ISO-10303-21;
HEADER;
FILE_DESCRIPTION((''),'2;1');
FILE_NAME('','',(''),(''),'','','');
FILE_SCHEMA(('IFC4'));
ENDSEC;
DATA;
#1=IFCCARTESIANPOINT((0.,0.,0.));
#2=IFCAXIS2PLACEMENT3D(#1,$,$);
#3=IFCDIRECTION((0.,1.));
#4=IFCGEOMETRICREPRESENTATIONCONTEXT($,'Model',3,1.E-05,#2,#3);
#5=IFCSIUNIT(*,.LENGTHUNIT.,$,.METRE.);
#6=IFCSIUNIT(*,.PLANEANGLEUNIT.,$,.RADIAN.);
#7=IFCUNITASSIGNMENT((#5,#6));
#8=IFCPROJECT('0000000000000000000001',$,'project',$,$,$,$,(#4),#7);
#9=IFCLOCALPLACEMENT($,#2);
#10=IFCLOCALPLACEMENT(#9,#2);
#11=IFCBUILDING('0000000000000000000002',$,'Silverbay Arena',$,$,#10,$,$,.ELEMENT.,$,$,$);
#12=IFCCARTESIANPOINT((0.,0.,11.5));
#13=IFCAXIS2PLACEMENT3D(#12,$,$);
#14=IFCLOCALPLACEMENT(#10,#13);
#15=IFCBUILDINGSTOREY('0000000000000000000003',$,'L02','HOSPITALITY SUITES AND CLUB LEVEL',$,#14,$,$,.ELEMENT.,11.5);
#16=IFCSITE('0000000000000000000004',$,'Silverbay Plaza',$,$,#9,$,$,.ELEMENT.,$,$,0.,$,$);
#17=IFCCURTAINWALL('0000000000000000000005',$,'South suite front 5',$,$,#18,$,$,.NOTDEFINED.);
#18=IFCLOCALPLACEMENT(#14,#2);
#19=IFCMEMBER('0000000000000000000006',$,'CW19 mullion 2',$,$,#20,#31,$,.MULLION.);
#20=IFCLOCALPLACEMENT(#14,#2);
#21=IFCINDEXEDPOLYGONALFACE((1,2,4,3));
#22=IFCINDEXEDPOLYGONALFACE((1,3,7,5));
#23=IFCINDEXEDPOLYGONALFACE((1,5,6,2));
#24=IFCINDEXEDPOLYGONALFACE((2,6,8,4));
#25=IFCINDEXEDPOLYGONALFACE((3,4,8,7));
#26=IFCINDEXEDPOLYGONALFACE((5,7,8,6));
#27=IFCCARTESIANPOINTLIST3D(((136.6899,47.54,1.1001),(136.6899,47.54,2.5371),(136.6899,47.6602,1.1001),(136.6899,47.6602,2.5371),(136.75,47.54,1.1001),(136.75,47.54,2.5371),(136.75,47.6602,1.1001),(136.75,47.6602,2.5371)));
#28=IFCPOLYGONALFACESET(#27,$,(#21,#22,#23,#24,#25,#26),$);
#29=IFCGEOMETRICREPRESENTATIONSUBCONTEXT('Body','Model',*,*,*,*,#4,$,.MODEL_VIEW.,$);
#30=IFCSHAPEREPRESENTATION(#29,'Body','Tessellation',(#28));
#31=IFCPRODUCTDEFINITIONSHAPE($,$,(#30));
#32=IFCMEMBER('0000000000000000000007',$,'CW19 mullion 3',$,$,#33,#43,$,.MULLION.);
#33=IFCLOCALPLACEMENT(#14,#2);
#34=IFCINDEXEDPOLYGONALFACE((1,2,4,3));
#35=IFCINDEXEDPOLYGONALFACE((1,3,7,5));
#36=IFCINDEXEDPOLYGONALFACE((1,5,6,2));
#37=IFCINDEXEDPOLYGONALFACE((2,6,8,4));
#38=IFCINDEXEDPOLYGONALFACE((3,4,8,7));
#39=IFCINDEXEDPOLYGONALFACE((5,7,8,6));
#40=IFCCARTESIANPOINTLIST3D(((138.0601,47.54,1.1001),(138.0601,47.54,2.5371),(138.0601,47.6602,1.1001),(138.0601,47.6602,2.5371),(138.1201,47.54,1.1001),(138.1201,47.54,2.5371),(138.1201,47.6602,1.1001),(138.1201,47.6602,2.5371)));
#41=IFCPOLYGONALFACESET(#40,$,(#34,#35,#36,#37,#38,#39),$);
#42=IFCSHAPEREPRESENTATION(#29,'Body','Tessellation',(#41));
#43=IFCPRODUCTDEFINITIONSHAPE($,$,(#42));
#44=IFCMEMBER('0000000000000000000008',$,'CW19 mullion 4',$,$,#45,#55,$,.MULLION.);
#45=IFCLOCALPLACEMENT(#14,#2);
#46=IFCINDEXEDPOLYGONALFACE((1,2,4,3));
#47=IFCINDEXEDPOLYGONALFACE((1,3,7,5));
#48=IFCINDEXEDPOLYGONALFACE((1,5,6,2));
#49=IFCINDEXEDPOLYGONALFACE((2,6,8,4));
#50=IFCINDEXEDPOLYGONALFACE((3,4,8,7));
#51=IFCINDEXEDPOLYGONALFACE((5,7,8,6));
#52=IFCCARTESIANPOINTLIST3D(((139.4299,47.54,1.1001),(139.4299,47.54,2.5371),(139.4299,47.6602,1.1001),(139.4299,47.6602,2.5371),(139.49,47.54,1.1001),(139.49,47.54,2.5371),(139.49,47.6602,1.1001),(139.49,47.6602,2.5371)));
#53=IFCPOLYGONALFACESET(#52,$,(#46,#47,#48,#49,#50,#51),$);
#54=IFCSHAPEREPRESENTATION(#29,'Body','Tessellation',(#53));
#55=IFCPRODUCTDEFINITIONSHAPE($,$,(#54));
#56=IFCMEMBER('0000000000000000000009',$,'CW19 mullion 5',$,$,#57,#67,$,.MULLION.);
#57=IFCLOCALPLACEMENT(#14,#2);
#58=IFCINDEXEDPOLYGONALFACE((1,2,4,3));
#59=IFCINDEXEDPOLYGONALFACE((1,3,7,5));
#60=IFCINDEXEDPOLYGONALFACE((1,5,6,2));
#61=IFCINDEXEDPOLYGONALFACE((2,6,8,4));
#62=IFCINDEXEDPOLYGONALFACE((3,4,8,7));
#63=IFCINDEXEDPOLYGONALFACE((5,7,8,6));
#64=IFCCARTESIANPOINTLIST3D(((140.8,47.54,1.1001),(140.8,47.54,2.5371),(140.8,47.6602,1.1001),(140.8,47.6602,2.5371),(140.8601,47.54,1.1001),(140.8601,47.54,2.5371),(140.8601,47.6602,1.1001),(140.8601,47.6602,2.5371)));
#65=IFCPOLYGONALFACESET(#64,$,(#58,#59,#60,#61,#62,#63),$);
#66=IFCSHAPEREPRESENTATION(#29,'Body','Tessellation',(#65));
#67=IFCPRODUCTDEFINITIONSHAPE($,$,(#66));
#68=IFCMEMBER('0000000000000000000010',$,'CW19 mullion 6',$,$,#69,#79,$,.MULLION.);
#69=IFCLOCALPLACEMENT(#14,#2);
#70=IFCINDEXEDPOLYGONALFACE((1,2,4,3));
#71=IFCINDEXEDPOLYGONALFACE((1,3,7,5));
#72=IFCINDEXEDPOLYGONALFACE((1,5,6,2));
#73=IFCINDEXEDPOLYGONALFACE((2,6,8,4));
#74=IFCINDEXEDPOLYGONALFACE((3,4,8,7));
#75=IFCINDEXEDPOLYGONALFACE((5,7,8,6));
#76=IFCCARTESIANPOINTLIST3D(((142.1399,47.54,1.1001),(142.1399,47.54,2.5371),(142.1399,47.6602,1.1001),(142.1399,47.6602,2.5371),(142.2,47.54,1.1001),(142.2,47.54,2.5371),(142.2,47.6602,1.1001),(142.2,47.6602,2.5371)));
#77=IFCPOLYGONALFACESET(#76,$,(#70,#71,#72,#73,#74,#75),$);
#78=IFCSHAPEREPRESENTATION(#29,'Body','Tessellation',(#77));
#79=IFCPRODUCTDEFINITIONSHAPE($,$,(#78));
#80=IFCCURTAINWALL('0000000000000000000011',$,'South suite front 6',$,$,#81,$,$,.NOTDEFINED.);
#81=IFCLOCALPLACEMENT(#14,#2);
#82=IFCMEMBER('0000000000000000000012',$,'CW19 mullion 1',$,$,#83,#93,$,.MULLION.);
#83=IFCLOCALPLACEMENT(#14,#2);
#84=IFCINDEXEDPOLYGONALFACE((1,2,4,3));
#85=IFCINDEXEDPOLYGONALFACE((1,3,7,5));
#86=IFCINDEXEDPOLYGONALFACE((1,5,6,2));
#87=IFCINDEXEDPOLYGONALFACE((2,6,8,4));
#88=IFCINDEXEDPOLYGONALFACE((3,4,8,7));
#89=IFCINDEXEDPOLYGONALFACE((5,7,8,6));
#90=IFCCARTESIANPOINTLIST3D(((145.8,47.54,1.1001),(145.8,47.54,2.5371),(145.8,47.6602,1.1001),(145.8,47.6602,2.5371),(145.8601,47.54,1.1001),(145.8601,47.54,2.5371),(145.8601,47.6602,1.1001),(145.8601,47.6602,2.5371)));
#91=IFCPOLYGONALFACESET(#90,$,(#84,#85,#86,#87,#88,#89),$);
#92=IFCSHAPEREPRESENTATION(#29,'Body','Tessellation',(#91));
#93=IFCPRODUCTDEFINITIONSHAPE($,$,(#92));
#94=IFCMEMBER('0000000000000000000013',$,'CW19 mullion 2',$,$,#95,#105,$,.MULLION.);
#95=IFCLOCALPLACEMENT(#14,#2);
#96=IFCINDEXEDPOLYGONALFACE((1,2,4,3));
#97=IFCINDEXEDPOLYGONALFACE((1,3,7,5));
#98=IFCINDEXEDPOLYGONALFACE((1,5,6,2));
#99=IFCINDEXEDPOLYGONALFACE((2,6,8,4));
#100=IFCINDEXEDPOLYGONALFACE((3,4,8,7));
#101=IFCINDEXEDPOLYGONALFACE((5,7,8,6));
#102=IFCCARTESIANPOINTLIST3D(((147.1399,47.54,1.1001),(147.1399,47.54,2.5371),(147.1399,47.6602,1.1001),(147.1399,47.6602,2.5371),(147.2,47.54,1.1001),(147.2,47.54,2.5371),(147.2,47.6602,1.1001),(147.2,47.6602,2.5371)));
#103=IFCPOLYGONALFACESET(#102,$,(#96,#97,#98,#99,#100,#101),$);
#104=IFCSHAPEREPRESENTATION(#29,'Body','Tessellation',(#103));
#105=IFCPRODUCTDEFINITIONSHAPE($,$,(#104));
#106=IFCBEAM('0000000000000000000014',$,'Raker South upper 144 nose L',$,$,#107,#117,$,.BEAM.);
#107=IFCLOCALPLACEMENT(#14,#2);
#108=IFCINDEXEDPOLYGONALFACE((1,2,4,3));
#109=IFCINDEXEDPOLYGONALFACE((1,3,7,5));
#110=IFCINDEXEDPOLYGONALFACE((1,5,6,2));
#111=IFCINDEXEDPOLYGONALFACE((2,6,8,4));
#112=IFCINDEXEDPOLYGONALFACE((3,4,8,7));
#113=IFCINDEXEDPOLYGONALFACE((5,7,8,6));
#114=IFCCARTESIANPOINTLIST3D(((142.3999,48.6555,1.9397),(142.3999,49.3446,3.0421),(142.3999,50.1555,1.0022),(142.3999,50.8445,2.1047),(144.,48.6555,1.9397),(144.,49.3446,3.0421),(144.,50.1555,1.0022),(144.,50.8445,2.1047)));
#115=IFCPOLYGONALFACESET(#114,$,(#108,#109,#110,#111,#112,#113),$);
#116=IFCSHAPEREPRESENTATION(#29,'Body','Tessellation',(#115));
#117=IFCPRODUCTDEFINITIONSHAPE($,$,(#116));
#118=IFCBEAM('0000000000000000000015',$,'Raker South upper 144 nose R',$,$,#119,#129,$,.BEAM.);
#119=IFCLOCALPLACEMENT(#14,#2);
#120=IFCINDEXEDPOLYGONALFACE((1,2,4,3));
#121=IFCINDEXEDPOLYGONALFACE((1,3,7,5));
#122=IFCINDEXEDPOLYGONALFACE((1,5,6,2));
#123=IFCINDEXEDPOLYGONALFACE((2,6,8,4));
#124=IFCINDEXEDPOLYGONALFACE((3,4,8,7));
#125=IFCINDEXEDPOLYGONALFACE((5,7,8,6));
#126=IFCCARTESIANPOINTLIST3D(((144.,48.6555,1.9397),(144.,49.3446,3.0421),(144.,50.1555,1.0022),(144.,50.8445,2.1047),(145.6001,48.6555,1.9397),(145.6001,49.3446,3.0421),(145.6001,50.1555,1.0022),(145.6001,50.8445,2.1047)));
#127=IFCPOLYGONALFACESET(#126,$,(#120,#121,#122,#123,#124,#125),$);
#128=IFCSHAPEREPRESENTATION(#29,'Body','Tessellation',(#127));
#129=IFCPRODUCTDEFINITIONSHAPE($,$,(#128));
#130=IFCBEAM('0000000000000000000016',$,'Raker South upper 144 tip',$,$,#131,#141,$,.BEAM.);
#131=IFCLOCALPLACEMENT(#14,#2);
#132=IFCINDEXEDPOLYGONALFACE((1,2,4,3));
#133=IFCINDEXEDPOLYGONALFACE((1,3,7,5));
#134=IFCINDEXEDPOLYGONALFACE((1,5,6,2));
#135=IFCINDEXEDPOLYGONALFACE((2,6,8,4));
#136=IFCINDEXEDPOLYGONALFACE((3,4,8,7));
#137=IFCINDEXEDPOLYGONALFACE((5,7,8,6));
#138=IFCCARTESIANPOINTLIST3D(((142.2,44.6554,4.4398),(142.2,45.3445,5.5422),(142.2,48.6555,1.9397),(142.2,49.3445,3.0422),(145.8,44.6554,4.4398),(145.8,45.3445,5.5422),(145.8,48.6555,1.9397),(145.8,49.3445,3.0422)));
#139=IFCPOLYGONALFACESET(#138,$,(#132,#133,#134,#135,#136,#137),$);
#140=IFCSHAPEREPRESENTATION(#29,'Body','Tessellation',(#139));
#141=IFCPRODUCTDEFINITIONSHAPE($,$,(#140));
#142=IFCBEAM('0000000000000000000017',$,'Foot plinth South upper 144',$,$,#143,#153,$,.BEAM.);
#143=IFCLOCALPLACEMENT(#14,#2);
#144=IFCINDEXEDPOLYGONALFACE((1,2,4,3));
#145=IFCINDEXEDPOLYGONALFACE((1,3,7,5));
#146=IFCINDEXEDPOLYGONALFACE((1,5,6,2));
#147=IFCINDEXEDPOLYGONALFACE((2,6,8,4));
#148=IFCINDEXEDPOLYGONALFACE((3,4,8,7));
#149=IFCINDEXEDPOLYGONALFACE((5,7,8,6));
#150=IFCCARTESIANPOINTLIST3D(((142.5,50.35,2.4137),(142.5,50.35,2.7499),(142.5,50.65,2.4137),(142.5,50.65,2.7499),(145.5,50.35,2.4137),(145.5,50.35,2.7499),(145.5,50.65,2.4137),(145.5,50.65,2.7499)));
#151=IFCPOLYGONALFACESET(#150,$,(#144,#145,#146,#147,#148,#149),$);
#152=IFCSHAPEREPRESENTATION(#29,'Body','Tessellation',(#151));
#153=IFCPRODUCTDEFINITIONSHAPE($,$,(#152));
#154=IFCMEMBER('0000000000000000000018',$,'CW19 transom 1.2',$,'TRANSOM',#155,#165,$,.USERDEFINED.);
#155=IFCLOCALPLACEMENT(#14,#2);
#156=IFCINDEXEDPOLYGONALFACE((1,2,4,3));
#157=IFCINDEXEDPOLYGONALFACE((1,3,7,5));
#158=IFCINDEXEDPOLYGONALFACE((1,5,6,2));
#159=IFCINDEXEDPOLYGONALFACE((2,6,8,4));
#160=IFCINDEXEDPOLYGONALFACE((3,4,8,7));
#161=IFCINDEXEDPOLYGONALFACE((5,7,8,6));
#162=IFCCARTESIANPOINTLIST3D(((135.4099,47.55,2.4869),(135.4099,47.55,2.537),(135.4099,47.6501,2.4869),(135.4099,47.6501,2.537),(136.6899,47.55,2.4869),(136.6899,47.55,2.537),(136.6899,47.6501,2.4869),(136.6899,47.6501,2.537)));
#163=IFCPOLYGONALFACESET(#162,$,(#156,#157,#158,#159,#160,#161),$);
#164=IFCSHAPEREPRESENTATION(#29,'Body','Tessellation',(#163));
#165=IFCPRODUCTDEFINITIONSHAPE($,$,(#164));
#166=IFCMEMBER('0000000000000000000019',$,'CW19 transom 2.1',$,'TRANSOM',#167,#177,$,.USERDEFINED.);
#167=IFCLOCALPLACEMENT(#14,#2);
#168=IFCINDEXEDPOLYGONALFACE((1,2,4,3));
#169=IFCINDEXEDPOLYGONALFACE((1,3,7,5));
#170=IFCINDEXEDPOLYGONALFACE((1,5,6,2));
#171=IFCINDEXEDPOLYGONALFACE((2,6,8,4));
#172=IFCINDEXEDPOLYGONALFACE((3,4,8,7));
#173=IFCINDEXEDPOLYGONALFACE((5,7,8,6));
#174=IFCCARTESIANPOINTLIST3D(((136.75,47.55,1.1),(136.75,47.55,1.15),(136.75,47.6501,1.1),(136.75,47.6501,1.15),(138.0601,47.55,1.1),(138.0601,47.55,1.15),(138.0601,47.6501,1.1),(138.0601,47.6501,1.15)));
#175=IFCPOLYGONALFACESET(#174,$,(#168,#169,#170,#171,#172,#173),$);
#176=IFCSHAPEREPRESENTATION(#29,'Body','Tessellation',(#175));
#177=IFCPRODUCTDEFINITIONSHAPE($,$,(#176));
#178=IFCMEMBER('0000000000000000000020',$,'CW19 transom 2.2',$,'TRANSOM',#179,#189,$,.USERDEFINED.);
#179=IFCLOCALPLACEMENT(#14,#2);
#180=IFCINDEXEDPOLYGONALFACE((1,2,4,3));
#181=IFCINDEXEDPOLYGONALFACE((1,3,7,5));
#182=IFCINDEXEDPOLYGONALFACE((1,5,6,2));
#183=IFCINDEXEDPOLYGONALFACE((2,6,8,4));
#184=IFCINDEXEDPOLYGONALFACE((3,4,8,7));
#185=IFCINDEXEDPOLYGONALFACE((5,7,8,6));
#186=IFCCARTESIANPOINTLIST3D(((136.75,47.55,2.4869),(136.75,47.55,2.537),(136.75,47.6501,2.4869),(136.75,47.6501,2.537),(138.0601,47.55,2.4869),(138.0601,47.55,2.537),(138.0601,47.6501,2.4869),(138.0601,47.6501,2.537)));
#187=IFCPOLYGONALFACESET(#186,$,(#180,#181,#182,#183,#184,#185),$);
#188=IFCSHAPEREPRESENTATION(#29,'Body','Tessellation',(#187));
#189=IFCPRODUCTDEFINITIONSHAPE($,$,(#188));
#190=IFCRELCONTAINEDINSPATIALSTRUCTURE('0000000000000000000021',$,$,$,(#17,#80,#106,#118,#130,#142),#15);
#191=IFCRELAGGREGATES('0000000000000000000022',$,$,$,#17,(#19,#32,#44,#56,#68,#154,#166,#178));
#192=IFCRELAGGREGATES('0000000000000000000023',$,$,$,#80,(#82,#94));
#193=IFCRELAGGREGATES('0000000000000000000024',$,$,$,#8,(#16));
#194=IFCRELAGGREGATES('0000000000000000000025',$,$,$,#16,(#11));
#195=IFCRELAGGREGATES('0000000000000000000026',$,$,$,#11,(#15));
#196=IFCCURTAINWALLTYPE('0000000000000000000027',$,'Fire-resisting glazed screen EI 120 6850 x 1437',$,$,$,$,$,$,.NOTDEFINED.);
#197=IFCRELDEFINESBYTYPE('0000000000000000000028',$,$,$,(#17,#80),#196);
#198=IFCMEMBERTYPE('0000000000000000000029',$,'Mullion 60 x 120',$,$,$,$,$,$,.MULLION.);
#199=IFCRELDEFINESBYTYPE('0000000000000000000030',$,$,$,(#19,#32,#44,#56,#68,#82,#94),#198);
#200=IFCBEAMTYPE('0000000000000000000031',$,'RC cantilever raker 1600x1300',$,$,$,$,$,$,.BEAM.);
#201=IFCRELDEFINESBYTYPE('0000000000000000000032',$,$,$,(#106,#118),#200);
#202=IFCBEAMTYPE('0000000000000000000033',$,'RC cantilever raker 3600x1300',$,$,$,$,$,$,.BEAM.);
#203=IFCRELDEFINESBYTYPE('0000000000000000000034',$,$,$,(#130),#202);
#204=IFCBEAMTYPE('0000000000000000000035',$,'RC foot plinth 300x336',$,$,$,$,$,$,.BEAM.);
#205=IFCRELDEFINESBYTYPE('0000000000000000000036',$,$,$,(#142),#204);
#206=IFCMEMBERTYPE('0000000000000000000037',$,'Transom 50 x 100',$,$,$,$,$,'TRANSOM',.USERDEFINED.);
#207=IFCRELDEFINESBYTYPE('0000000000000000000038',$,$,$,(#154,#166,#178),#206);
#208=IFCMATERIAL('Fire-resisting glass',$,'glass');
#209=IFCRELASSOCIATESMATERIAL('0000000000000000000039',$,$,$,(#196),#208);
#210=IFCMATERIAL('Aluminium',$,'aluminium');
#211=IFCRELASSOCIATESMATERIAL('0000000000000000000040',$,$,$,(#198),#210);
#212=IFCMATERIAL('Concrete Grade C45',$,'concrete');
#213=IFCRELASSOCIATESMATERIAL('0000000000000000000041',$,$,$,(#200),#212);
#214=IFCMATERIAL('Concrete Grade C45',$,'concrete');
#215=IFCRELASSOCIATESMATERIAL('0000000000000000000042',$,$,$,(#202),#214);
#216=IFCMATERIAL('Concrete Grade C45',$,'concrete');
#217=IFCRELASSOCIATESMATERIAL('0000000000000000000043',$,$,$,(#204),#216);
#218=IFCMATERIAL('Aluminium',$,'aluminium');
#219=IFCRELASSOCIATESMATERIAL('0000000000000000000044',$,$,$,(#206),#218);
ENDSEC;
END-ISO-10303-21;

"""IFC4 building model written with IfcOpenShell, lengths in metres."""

from ifc_helpers import new_model, si_unit, direction, frame, origin, origin_2d, place, context, subcontext, project, spatial, rectangle, extrude, material, material_profile, profile_set, type_object, element, aggregate, save


model = new_model("IFC4")

# Units and contexts
model_context = context("Model", 3, precision=1e-05, world=origin(), true_north=direction((0.0, 1.0)))
body_context = subcontext(model_context, "Body", "Model", "MODEL_VIEW")
ifc_project = project(units=[si_unit("LENGTHUNIT", "METRE"), si_unit("PLANEANGLEUNIT", "RADIAN")], contexts=[model_context])

# Site, building, storey
site_placement = place(None, origin())
site = spatial("IfcSite", under=ifc_project, at=site_placement, Name="Silverbay Plaza", CompositionType="ELEMENT", RefElevation=0.0)
building_placement = place(site_placement, origin())
building = spatial("IfcBuilding", under=site, at=building_placement, Name="Silverbay Arena", CompositionType="ELEMENT")
storey_placement = place(building_placement, frame((0.0, 0.0, 11.5)))
storey = spatial("IfcBuildingStorey", under=building, at=storey_placement, Name="L02", Description="HOSPITALITY SUITES AND CLUB LEVEL", CompositionType="ELEMENT", Elevation=11.5)

# Curtain walls, members
ifc_material_1 = material(Name="Fire-resisting glass", Category="glass")
curtain_wall_type = type_object("IfcCurtainWallType", Name="Fire-resisting glazed screen EI 120 6850 x 1437", PredefinedType="NOTDEFINED", material=ifc_material_1)
curtain_wall_1_placement = place(storey_placement, origin())
curtain_wall_1 = element("IfcCurtainWall", 1, at=curtain_wall_1_placement, inside=storey, type_object=curtain_wall_type, Name="South suite front 5", PredefinedType="NOTDEFINED")
ifc_material_2 = material(Name="Aluminium", Category="aluminium")
ifc_material_profile_1 = material_profile(ifc_material_2, rectangle(XDim=0.1201, YDim=0.0601, at=origin_2d()), Name="Mullion 60 x 120")
ifc_profile_set_1 = profile_set([ifc_material_profile_1], Name="Aluminium")
member_type_1 = type_object("IfcMemberType", Name="Mullion 60 x 120", PredefinedType="MULLION", material=ifc_profile_set_1)
member_1_placement = place(storey_placement, frame((136.72, 47.6001, 1.1001), z_axis=(0.0, 0.0, 1.0), x_axis=(0.0, 1.0, 0.0)))
member_1 = element("IfcMember", 2, at=member_1_placement, type_object=member_type_1, Name="CW19 mullion 2", PredefinedType="MULLION", context=body_context, shape_type="SweptSolid", body=[
    extrude(rectangle(XDim=0.1201, YDim=0.0601, at=origin_2d()), origin(), (0.0, 0.0, 1.0), 1.437),
])
member_2_placement = place(storey_placement, frame((138.0901, 47.6001, 1.1001), z_axis=(0.0, 0.0, 1.0), x_axis=(0.0, 1.0, 0.0)))
member_2 = element("IfcMember", 3, at=member_2_placement, type_object=member_type_1, Name="CW19 mullion 3", PredefinedType="MULLION", context=body_context, shape_type="SweptSolid", body=[
    extrude(rectangle(XDim=0.1201, YDim=0.0601, at=origin_2d()), origin(), (0.0, 0.0, 1.0), 1.437),
])
member_3_placement = place(storey_placement, frame((139.46, 47.6001, 1.1001), z_axis=(0.0, 0.0, 1.0), x_axis=(0.0, 1.0, 0.0)))
member_3 = element("IfcMember", 4, at=member_3_placement, type_object=member_type_1, Name="CW19 mullion 4", PredefinedType="MULLION", context=body_context, shape_type="SweptSolid", body=[
    extrude(rectangle(XDim=0.1201, YDim=0.0601, at=origin_2d()), origin(), (0.0, 0.0, 1.0), 1.437),
])
member_4_placement = place(storey_placement, frame((140.8301, 47.6001, 1.1001), z_axis=(0.0, 0.0, 1.0), x_axis=(0.0, 1.0, 0.0)))
member_4 = element("IfcMember", 5, at=member_4_placement, type_object=member_type_1, Name="CW19 mullion 5", PredefinedType="MULLION", context=body_context, shape_type="SweptSolid", body=[
    extrude(rectangle(XDim=0.1201, YDim=0.0601, at=origin_2d()), origin(), (0.0, 0.0, 1.0), 1.437),
])
member_5_placement = place(storey_placement, frame((142.1699, 47.6001, 1.1001), z_axis=(0.0, 0.0, 1.0), x_axis=(0.0, 1.0, 0.0)))
member_5 = element("IfcMember", 6, at=member_5_placement, type_object=member_type_1, Name="CW19 mullion 6", PredefinedType="MULLION", context=body_context, shape_type="SweptSolid", body=[
    extrude(rectangle(XDim=0.1201, YDim=0.0601, at=origin_2d()), origin(), (0.0, 0.0, 1.0), 1.437),
])
curtain_wall_2_placement = place(storey_placement, origin())
curtain_wall_2 = element("IfcCurtainWall", 7, at=curtain_wall_2_placement, inside=storey, type_object=curtain_wall_type, Name="South suite front 6", PredefinedType="NOTDEFINED")
member_6_placement = place(storey_placement, frame((145.8301, 47.6001, 1.1001), z_axis=(0.0, 0.0, 1.0), x_axis=(0.0, 1.0, 0.0)))
member_6 = element("IfcMember", 8, at=member_6_placement, type_object=member_type_1, Name="CW19 mullion 1", PredefinedType="MULLION", context=body_context, shape_type="SweptSolid", body=[
    extrude(rectangle(XDim=0.1201, YDim=0.0601, at=origin_2d()), origin(), (0.0, 0.0, 1.0), 1.437),
])
member_7_placement = place(storey_placement, frame((147.1699, 47.6001, 1.1001), z_axis=(0.0, 0.0, 1.0), x_axis=(0.0, 1.0, 0.0)))
member_7 = element("IfcMember", 9, at=member_7_placement, type_object=member_type_1, Name="CW19 mullion 2", PredefinedType="MULLION", context=body_context, shape_type="SweptSolid", body=[
    extrude(rectangle(XDim=0.1201, YDim=0.0601, at=origin_2d()), origin(), (0.0, 0.0, 1.0), 1.437),
])

# Beams
ifc_material_3 = material(Name="Concrete Grade C45", Category="concrete")
ifc_material_profile_2 = material_profile(ifc_material_3, rectangle(XDim=1.6001, YDim=1.3, at=origin_2d()), Name="RC 1600x1300")
ifc_profile_set_2 = profile_set([ifc_material_profile_2], Name="Concrete Grade C45")
beam_type_1 = type_object("IfcBeamType", Name="RC cantilever raker 1600x1300", PredefinedType="BEAM", material=ifc_profile_set_2)
for number, where, z_axis, x_axis, name in (
    (10, (143.2, 50.5, 1.5535), (0.0, -0.847998, 0.529999), (1.0, 0.0, 0.0), "Raker South upper 144 nose L"),
    (11, (144.8, 50.5, 1.5535), (0.0, -0.847998, 0.529999), (1.0, 0.0, 0.0), "Raker South upper 144 nose R"),
):
    element("IfcBeam", number, at=place(storey_placement, frame(where, z_axis=z_axis, x_axis=x_axis)), inside=storey, type_object=beam_type_1, Name=name, PredefinedType="BEAM", context=body_context, shape_type="SweptSolid", body=[
        extrude(rectangle(XDim=1.6001, YDim=1.3, at=origin_2d()), origin(), (0.0, 0.0, 1.0), 1.7688),
    ])
ifc_material_4 = material(Name="Concrete Grade C45", Category="concrete")
ifc_material_profile_3 = material_profile(ifc_material_4, rectangle(XDim=3.6001, YDim=1.3, at=origin_2d()), Name="RC 3600x1300")
ifc_profile_set_3 = profile_set([ifc_material_profile_3], Name="Concrete Grade C45")
beam_type_2 = type_object("IfcBeamType", Name="RC cantilever raker 3600x1300", PredefinedType="BEAM", material=ifc_profile_set_3)
beam_1_placement = place(storey_placement, frame((144.0, 49.0, 2.491), z_axis=(0.0, -0.847998, 0.529999), x_axis=(1.0, 0.0, 0.0)))
element("IfcBeam", 12, at=beam_1_placement, inside=storey, type_object=beam_type_2, Name="Raker South upper 144 tip", PredefinedType="BEAM", context=body_context, shape_type="SweptSolid", body=[
    extrude(rectangle(XDim=3.6001, YDim=1.3, at=origin_2d()), origin(), (0.0, 0.0, 1.0), 4.717),
])
ifc_material_5 = material(Name="Concrete Grade C45", Category="concrete")
ifc_material_profile_4 = material_profile(ifc_material_5, rectangle(XDim=0.3, YDim=0.3362, at=origin_2d()), Name="RC 300x336")
ifc_profile_set_4 = profile_set([ifc_material_profile_4], Name="Concrete Grade C45")
beam_type_3 = type_object("IfcBeamType", Name="RC foot plinth 300x336", PredefinedType="BEAM", material=ifc_profile_set_4)
beam_2_placement = place(storey_placement, frame((142.5, 50.5, 2.5818), z_axis=(1.0, 0.0, 0.0), x_axis=(0.0, 1.0, 0.0)))
element("IfcBeam", 13, at=beam_2_placement, inside=storey, type_object=beam_type_3, Name="Foot plinth South upper 144", PredefinedType="BEAM", context=body_context, shape_type="SweptSolid", body=[
    extrude(rectangle(XDim=0.3, YDim=0.3362, at=origin_2d()), origin(), (0.0, 0.0, 1.0), 3.0),
])

# Members
ifc_material_6 = material(Name="Aluminium", Category="aluminium")
ifc_material_profile_5 = material_profile(ifc_material_6, rectangle(XDim=0.1001, YDim=0.05, at=origin_2d()), Name="Transom 50 x 100")
ifc_profile_set_5 = profile_set([ifc_material_profile_5], Name="Aluminium")
member_type_2 = type_object("IfcMemberType", Name="Transom 50 x 100", ElementType="TRANSOM", PredefinedType="USERDEFINED", material=ifc_profile_set_5)
member_8_placement = place(storey_placement, frame((135.4099, 47.6001, 2.512), z_axis=(1.0, 0.0, 0.0), x_axis=(0.0, 1.0, 0.0)))
member_8 = element("IfcMember", 14, at=member_8_placement, type_object=member_type_2, Name="CW19 transom 1.2", ObjectType="TRANSOM", PredefinedType="USERDEFINED", context=body_context, shape_type="SweptSolid", body=[
    extrude(rectangle(XDim=0.1001, YDim=0.05, at=origin_2d()), origin(), (0.0, 0.0, 1.0), 1.28),
])
member_9_placement = place(storey_placement, frame((136.75, 47.6001, 1.125), z_axis=(1.0, 0.0, 0.0), x_axis=(0.0, 1.0, 0.0)))
member_9 = element("IfcMember", 15, at=member_9_placement, type_object=member_type_2, Name="CW19 transom 2.1", ObjectType="TRANSOM", PredefinedType="USERDEFINED", context=body_context, shape_type="SweptSolid", body=[
    extrude(rectangle(XDim=0.1001, YDim=0.05, at=origin_2d()), origin(), (0.0, 0.0, 1.0), 1.3101),
])
member_10_placement = place(storey_placement, frame((136.75, 47.6001, 2.512), z_axis=(1.0, 0.0, 0.0), x_axis=(0.0, 1.0, 0.0)))
member_10 = element("IfcMember", 16, at=member_10_placement, type_object=member_type_2, Name="CW19 transom 2.2", ObjectType="TRANSOM", PredefinedType="USERDEFINED", context=body_context, shape_type="SweptSolid", body=[
    extrude(rectangle(XDim=0.1001, YDim=0.05, at=origin_2d()), origin(), (0.0, 0.0, 1.0), 1.3101),
])

aggregate(curtain_wall_1, [member_1, member_2, member_3, member_4, member_5, member_8, member_9, member_10])
aggregate(curtain_wall_2, [member_6, member_7])

save(model, "model.ifc")
